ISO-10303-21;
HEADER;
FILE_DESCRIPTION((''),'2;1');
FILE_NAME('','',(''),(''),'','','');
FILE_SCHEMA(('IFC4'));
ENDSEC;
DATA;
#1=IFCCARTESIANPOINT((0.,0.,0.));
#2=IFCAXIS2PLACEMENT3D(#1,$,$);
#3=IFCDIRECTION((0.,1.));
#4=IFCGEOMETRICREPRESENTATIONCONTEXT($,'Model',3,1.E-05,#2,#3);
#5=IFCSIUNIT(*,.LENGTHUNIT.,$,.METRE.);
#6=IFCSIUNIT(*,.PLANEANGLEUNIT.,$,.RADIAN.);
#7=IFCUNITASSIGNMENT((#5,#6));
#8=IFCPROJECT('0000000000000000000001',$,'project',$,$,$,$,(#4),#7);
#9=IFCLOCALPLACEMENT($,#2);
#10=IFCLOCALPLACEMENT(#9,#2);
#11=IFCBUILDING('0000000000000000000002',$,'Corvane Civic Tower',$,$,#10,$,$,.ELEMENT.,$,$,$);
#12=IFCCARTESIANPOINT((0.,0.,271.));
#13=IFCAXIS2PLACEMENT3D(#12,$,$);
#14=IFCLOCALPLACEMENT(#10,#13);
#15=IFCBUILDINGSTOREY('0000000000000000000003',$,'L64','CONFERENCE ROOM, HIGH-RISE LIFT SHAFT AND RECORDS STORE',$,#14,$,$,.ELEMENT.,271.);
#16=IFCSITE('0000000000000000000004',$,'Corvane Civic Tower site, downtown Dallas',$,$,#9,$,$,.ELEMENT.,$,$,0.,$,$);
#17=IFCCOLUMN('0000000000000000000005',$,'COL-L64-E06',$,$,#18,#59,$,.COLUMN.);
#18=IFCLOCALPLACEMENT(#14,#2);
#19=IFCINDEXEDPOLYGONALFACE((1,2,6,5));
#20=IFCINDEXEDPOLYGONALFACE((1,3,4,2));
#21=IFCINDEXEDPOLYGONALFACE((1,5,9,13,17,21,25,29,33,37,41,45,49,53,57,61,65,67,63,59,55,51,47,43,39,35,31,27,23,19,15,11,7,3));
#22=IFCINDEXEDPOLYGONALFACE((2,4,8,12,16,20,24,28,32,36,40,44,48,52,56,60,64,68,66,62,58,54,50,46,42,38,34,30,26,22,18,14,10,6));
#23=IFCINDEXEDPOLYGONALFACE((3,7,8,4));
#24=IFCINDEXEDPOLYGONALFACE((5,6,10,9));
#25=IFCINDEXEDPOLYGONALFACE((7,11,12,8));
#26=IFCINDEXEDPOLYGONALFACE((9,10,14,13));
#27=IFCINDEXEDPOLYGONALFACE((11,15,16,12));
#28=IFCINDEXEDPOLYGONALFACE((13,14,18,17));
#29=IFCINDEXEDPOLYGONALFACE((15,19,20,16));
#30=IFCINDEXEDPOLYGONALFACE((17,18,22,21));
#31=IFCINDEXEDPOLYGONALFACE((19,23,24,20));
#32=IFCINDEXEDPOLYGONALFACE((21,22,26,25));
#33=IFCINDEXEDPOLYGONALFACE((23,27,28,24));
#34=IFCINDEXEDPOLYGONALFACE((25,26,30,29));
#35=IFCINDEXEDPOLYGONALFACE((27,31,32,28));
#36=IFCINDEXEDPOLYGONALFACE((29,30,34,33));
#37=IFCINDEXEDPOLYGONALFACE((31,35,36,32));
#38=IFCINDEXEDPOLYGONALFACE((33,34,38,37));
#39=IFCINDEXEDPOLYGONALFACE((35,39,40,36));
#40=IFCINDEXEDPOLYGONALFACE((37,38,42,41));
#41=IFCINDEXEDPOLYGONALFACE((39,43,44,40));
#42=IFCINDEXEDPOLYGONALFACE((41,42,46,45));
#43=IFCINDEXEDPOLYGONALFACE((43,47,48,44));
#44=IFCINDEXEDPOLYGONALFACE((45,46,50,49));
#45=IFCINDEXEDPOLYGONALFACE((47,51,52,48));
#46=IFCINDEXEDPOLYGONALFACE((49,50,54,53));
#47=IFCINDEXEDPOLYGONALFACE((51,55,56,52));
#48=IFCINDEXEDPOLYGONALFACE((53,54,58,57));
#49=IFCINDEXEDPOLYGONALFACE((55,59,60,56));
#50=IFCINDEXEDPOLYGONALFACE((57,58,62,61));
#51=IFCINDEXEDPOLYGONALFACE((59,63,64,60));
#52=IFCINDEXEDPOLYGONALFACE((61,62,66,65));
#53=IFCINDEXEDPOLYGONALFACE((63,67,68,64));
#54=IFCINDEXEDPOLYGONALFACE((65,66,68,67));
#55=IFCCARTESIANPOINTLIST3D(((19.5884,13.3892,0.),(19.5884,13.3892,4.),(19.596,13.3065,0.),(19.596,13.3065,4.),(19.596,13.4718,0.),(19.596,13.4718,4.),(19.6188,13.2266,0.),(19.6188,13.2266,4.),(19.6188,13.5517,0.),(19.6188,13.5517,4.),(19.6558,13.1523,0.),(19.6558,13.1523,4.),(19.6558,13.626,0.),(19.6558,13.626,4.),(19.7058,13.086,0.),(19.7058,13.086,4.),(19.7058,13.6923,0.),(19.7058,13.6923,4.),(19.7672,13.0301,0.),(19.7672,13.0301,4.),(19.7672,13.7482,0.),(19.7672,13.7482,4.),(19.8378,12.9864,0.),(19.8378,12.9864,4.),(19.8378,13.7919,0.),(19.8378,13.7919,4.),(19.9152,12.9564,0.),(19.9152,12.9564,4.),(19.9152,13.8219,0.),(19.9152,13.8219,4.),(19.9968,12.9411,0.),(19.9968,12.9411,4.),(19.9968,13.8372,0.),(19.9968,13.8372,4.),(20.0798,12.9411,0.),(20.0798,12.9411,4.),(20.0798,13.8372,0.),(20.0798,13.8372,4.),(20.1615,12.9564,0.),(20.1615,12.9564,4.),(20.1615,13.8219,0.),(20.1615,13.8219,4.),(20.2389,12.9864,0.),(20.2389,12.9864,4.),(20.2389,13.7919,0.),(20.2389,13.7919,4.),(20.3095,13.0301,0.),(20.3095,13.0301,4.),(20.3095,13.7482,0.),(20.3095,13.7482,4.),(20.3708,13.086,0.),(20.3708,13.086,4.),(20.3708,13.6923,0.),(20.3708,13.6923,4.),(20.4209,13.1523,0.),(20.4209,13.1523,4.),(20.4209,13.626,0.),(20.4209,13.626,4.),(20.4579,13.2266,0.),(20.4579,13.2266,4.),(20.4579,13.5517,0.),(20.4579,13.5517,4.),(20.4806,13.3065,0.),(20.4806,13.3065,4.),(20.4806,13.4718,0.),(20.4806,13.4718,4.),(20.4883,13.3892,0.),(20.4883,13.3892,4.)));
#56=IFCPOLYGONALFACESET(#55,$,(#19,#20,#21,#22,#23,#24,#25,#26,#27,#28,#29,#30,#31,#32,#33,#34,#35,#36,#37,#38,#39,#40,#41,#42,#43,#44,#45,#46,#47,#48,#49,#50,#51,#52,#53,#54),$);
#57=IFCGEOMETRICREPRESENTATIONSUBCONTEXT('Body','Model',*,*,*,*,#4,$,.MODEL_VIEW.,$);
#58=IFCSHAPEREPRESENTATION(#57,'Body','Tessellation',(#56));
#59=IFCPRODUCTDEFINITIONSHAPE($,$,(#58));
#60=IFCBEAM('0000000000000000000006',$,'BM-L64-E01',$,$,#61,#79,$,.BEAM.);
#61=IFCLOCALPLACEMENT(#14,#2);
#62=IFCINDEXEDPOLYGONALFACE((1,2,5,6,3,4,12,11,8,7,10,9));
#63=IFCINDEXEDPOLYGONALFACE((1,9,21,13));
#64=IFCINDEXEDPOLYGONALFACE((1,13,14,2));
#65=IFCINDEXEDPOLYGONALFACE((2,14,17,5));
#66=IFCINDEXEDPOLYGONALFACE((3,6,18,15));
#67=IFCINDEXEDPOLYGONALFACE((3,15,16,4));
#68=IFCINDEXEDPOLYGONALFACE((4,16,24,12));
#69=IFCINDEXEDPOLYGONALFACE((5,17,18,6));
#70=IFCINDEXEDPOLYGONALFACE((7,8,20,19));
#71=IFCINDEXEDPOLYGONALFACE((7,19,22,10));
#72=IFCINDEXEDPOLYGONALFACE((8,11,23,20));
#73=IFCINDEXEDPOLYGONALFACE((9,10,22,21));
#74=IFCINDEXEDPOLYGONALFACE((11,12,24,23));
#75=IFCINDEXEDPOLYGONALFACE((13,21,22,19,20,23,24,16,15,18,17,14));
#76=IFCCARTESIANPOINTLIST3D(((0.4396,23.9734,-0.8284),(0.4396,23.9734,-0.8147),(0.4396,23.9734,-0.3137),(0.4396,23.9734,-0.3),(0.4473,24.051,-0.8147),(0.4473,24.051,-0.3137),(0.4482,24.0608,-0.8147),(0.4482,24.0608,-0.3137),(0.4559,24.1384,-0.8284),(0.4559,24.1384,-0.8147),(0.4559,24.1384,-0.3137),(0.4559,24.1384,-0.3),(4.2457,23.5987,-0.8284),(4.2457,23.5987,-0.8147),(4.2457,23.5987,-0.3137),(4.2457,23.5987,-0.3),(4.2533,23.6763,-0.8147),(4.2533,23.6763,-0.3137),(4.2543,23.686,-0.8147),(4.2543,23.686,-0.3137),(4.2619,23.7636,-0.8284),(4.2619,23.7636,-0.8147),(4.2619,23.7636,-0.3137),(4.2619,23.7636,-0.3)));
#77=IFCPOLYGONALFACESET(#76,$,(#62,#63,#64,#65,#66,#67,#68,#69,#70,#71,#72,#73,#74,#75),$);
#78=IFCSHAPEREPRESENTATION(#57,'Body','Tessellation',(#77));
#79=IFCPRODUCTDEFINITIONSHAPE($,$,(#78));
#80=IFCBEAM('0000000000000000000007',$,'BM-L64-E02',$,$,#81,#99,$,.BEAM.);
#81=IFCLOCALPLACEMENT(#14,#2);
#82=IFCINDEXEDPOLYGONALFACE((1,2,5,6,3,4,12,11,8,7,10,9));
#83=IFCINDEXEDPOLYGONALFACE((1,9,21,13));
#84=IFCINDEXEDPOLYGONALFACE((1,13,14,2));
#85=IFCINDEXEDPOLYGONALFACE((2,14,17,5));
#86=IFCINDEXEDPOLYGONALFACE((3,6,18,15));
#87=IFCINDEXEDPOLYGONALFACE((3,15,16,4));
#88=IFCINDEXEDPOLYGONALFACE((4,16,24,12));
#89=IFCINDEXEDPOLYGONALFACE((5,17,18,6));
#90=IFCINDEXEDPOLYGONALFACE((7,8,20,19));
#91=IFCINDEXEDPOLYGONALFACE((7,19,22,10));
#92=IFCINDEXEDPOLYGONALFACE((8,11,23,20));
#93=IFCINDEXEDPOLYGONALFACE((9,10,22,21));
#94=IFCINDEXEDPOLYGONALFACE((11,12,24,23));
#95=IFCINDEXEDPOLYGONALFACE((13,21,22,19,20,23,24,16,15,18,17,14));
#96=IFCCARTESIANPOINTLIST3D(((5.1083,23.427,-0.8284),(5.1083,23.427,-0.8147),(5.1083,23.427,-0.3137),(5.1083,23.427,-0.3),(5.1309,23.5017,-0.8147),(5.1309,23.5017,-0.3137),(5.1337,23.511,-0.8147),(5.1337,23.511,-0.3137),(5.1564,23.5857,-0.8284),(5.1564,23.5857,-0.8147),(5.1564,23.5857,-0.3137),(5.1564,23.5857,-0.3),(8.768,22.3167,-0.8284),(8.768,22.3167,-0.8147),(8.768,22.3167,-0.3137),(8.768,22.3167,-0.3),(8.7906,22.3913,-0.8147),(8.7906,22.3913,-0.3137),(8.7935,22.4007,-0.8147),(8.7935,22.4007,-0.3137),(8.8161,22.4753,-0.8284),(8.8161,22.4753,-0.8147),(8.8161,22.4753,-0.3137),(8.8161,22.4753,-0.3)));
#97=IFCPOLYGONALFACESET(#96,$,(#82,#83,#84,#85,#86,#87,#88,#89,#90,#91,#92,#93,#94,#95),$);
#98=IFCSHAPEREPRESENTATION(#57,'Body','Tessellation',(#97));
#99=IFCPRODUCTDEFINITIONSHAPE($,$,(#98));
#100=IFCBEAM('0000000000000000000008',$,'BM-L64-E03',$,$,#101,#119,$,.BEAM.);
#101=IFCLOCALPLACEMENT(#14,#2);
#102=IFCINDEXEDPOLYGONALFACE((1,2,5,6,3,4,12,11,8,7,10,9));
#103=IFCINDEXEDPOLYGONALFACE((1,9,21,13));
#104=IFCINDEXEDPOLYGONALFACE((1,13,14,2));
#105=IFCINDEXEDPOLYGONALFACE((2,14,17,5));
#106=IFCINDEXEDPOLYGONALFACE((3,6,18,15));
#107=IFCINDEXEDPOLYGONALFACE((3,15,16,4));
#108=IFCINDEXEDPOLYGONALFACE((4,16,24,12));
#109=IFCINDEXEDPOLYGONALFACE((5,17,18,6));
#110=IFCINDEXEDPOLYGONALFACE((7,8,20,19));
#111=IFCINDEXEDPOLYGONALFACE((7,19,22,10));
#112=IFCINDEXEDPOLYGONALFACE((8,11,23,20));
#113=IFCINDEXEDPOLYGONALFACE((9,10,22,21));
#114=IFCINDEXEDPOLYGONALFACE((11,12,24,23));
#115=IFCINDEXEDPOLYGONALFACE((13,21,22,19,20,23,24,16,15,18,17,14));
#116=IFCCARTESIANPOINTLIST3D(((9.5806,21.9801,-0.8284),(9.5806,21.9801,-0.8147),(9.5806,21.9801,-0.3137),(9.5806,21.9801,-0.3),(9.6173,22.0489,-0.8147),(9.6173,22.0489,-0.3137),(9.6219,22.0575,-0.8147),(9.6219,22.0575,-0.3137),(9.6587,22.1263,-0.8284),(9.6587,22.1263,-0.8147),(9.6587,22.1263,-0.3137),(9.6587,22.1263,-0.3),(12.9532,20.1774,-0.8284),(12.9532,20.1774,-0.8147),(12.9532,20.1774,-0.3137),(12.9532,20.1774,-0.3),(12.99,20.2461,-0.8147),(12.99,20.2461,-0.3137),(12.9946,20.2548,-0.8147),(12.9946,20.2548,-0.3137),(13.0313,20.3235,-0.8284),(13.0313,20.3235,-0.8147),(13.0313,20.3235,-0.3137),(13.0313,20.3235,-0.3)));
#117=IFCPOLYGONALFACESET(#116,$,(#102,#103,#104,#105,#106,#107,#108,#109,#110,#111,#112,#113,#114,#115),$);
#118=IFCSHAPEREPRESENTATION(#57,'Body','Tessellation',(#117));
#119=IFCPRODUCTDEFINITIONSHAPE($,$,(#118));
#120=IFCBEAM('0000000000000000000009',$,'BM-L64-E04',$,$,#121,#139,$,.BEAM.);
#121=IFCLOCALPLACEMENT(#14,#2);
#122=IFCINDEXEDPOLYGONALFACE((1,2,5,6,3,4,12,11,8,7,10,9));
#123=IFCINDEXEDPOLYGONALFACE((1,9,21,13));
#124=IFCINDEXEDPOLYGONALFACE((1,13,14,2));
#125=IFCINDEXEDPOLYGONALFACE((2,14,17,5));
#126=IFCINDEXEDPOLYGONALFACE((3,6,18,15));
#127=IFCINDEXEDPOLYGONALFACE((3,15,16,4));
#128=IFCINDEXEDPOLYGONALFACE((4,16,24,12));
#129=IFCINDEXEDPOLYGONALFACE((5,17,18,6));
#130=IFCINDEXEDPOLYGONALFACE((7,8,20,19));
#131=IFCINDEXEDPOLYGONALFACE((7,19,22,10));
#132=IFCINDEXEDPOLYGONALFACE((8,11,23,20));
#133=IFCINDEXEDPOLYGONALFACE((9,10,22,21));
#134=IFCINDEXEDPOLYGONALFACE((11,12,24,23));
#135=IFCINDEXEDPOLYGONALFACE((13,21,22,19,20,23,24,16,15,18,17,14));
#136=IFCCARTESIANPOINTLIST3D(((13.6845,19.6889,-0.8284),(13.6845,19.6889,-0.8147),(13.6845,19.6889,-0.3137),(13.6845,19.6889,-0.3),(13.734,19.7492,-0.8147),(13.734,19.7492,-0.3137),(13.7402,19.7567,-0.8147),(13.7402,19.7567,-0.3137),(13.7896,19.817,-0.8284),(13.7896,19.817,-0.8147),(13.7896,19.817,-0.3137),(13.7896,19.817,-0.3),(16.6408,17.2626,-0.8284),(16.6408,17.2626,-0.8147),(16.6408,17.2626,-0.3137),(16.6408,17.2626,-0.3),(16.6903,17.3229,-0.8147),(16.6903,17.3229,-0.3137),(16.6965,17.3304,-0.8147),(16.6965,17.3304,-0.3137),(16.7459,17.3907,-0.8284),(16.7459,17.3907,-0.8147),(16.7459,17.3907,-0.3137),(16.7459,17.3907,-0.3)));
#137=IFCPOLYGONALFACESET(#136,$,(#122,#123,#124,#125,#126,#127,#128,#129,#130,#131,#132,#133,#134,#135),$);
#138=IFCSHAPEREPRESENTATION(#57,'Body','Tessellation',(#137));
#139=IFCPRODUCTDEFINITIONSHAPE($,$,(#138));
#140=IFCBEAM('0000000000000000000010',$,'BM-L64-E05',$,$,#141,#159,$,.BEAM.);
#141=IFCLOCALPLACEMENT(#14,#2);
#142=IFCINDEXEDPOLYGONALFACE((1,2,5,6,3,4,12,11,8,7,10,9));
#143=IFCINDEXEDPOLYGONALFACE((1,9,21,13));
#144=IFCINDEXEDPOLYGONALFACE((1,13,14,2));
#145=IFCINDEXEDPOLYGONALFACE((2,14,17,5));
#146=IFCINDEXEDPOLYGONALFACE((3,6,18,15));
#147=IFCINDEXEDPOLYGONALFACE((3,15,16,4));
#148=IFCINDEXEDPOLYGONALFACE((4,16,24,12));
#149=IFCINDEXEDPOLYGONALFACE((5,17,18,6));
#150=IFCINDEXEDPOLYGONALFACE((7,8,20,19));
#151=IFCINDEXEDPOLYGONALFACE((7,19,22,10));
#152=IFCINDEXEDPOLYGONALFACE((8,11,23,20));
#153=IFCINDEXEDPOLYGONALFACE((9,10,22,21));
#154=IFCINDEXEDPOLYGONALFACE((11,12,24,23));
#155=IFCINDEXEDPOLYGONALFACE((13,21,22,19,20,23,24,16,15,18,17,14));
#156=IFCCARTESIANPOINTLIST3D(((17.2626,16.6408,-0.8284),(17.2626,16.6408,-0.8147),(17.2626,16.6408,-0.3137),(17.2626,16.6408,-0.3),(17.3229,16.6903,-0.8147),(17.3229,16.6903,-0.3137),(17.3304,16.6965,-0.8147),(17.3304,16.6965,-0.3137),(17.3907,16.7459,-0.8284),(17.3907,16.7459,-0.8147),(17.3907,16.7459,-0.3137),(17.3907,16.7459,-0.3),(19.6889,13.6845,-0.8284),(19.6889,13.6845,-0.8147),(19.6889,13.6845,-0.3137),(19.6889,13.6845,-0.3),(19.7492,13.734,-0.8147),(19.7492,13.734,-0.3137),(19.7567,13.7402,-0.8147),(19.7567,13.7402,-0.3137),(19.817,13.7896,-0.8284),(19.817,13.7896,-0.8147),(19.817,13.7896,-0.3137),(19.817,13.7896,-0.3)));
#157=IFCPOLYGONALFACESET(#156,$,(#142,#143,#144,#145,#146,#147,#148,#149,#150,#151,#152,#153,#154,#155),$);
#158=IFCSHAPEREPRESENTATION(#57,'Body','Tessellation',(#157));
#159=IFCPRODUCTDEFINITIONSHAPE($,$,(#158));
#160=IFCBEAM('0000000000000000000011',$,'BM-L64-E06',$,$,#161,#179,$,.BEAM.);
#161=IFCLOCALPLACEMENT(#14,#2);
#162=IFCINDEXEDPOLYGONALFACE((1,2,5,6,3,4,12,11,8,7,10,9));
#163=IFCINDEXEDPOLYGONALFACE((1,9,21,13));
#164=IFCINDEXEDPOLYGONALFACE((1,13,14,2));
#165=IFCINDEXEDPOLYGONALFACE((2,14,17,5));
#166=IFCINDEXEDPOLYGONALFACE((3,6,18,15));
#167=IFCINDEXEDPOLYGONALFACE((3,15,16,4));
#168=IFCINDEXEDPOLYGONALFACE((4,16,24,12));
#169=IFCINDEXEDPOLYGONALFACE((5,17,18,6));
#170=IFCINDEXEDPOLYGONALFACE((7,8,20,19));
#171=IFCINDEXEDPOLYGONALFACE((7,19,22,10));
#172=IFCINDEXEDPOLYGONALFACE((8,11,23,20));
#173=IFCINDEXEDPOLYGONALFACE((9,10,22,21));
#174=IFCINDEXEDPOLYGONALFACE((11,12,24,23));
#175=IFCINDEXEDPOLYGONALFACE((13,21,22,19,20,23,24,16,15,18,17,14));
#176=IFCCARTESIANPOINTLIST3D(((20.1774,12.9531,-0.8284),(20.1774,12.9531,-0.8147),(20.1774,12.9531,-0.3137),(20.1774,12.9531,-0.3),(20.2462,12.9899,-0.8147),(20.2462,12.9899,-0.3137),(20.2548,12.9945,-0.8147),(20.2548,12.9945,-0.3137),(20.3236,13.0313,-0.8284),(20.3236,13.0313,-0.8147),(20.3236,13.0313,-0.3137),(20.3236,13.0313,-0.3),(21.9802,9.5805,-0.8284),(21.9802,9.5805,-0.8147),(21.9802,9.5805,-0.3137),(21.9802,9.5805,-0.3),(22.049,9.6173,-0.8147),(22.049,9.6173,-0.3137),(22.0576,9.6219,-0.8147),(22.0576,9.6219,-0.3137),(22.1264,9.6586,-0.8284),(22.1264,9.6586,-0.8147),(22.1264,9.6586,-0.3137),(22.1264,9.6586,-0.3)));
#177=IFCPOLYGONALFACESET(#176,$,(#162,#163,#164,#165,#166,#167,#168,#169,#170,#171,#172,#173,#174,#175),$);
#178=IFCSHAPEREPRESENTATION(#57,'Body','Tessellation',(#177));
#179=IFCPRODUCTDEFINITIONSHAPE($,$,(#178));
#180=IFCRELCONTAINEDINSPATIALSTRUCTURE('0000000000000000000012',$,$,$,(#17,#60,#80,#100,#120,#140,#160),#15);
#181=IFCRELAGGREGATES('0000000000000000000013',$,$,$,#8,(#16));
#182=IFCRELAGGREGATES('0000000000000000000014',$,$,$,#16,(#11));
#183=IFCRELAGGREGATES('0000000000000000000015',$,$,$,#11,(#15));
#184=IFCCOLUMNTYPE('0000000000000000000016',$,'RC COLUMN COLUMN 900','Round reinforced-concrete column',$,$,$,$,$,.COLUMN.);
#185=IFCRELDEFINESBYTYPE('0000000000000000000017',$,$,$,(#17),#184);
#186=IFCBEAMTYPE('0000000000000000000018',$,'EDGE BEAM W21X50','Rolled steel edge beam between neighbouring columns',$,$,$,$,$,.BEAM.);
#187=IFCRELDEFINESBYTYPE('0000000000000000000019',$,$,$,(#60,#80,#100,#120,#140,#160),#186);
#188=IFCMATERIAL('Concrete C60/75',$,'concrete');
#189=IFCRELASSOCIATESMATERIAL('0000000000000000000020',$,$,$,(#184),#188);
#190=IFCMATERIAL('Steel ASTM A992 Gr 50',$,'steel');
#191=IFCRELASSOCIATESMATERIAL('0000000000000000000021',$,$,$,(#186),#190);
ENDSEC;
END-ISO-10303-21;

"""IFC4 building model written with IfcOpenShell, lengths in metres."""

from ifc_helpers import new_model, si_unit, direction, frame, origin, origin_2d, place, context, subcontext, project, spatial, circle, i_section, extrude, material, material_profile, profile_set, type_object, element, save


model = new_model("IFC4")

# Units and contexts
model_context = context("Model", 3, precision=1e-05, world=origin(), true_north=direction((0.0, 1.0)))
body_context = subcontext(model_context, "Body", "Model", "MODEL_VIEW")
ifc_project = project(units=[si_unit("LENGTHUNIT", "METRE"), si_unit("PLANEANGLEUNIT", "RADIAN")], contexts=[model_context])

# Site, building, storey
site_placement = place(None, origin())
site = spatial("IfcSite", under=ifc_project, at=site_placement, Name="Corvane Civic Tower site, downtown Dallas", CompositionType="ELEMENT", RefElevation=0.0)
building_placement = place(site_placement, origin())
building = spatial("IfcBuilding", under=site, at=building_placement, Name="Corvane Civic Tower", CompositionType="ELEMENT")
storey_placement = place(building_placement, frame((0.0, 0.0, 271.0)))
storey = spatial("IfcBuildingStorey", under=building, at=storey_placement, Name="L64", Description="CONFERENCE ROOM, HIGH-RISE LIFT SHAFT AND RECORDS STORE", CompositionType="ELEMENT", Elevation=271.0)

# Column
ifc_material_1 = material(Name="Concrete C60/75", Category="concrete")
ifc_material_profile_1 = material_profile(ifc_material_1, circle(Radius=0.45, at=origin_2d()), Name="COLUMN 900")
ifc_profile_set_1 = profile_set([ifc_material_profile_1], Name="Concrete C60/75")
column_type = type_object("IfcColumnType", Name="RC COLUMN COLUMN 900", Description="Round reinforced-concrete column", PredefinedType="COLUMN", material=ifc_profile_set_1)
for number, where, z_axis, x_axis, name in (
    (1, (20.0383, 13.3892, 0.0), (0.0, 0.0, 1.0), (1.0, 0.0, 0.0), "COL-L64-E06"),
):
    element("IfcColumn", number, at=place(storey_placement, frame(where, z_axis=z_axis, x_axis=x_axis)), inside=storey, type_object=column_type, Name=name, PredefinedType="COLUMN", context=body_context, shape_type="SweptSolid", body=[
        extrude(circle(Radius=0.45, at=origin_2d()), origin(), (0.0, 0.0, 1.0), 4.0),
    ])

# Beams
ifc_material_2 = material(Name="Steel ASTM A992 Gr 50", Category="steel")
ifc_material_profile_2 = material_profile(ifc_material_2, i_section(OverallWidth=0.1658, OverallDepth=0.5283, WebThickness=0.0098, FlangeThickness=0.0137, at=origin_2d()), Name="W21X50")
ifc_profile_set_2 = profile_set([ifc_material_profile_2], Name="Steel ASTM A992 Gr 50")
beam_type_1 = type_object("IfcBeamType", Name="EDGE BEAM W21X50", Description="Rolled steel edge beam between neighbouring columns", PredefinedType="BEAM", material=ifc_profile_set_2)
for number, where, z_axis, x_axis, name in (
    (2, (0.4478, 24.0559, -0.5642), (0.995188, -0.097987, 0.0), (0.097987, 0.995188, 0.0), "BM-L64-E01"),
    (3, (5.1323, 23.5063, -0.5642), (0.956926, -0.290333, 0.0), (0.290333, 0.956926, 0.0), "BM-L64-E02"),
):
    element("IfcBeam", number, at=place(storey_placement, frame(where, z_axis=z_axis, x_axis=x_axis)), inside=storey, type_object=beam_type_1, Name=name, PredefinedType="BEAM", context=body_context, shape_type="SweptSolid", body=[
        extrude(i_section(OverallWidth=0.1658, OverallDepth=0.5283, WebThickness=0.0098, FlangeThickness=0.0137, at=origin_2d()), origin(), (0.0, 0.0, 1.0), 3.8245),
    ])
beam_1_placement = place(storey_placement, frame((9.6196, 22.0532, -0.5642), z_axis=(0.881914, -0.47141, 0.0), x_axis=(0.47141, 0.881914, 0.0)))
element("IfcBeam", 4, at=beam_1_placement, inside=storey, type_object=beam_type_1, Name="BM-L64-E03", PredefinedType="BEAM", context=body_context, shape_type="SweptSolid", body=[
    extrude(i_section(OverallWidth=0.1658, OverallDepth=0.5283, WebThickness=0.0098, FlangeThickness=0.0137, at=origin_2d()), origin(), (0.0, 0.0, 1.0), 3.8242),
])
for number, where, z_axis, x_axis, name in (
    (5, (13.7371, 19.7529, -0.5642), (0.772998, -0.634409, 0.0), (0.634409, 0.772998, 0.0), "BM-L64-E04"),
    (6, (17.3267, 16.6934, -0.5642), (0.634409, -0.772998, 0.0), (0.772998, 0.634409, 0.0), "BM-L64-E05"),
):
    element("IfcBeam", number, at=place(storey_placement, frame(where, z_axis=z_axis, x_axis=x_axis)), inside=storey, type_object=beam_type_1, Name=name, PredefinedType="BEAM", context=body_context, shape_type="SweptSolid", body=[
        extrude(i_section(OverallWidth=0.1658, OverallDepth=0.5283, WebThickness=0.0098, FlangeThickness=0.0137, at=origin_2d()), origin(), (0.0, 0.0, 1.0), 3.8245),
    ])
beam_2_placement = place(storey_placement, frame((20.2505, 12.9922, -0.5642), z_axis=(0.47141, -0.881914, 0.0), x_axis=(0.881914, 0.47141, 0.0)))
element("IfcBeam", 7, at=beam_2_placement, inside=storey, type_object=beam_type_1, Name="BM-L64-E06", PredefinedType="BEAM", context=body_context, shape_type="SweptSolid", body=[
    extrude(i_section(OverallWidth=0.1658, OverallDepth=0.5283, WebThickness=0.0098, FlangeThickness=0.0137, at=origin_2d()), origin(), (0.0, 0.0, 1.0), 3.8242),
])

save(model, "model.ifc")
